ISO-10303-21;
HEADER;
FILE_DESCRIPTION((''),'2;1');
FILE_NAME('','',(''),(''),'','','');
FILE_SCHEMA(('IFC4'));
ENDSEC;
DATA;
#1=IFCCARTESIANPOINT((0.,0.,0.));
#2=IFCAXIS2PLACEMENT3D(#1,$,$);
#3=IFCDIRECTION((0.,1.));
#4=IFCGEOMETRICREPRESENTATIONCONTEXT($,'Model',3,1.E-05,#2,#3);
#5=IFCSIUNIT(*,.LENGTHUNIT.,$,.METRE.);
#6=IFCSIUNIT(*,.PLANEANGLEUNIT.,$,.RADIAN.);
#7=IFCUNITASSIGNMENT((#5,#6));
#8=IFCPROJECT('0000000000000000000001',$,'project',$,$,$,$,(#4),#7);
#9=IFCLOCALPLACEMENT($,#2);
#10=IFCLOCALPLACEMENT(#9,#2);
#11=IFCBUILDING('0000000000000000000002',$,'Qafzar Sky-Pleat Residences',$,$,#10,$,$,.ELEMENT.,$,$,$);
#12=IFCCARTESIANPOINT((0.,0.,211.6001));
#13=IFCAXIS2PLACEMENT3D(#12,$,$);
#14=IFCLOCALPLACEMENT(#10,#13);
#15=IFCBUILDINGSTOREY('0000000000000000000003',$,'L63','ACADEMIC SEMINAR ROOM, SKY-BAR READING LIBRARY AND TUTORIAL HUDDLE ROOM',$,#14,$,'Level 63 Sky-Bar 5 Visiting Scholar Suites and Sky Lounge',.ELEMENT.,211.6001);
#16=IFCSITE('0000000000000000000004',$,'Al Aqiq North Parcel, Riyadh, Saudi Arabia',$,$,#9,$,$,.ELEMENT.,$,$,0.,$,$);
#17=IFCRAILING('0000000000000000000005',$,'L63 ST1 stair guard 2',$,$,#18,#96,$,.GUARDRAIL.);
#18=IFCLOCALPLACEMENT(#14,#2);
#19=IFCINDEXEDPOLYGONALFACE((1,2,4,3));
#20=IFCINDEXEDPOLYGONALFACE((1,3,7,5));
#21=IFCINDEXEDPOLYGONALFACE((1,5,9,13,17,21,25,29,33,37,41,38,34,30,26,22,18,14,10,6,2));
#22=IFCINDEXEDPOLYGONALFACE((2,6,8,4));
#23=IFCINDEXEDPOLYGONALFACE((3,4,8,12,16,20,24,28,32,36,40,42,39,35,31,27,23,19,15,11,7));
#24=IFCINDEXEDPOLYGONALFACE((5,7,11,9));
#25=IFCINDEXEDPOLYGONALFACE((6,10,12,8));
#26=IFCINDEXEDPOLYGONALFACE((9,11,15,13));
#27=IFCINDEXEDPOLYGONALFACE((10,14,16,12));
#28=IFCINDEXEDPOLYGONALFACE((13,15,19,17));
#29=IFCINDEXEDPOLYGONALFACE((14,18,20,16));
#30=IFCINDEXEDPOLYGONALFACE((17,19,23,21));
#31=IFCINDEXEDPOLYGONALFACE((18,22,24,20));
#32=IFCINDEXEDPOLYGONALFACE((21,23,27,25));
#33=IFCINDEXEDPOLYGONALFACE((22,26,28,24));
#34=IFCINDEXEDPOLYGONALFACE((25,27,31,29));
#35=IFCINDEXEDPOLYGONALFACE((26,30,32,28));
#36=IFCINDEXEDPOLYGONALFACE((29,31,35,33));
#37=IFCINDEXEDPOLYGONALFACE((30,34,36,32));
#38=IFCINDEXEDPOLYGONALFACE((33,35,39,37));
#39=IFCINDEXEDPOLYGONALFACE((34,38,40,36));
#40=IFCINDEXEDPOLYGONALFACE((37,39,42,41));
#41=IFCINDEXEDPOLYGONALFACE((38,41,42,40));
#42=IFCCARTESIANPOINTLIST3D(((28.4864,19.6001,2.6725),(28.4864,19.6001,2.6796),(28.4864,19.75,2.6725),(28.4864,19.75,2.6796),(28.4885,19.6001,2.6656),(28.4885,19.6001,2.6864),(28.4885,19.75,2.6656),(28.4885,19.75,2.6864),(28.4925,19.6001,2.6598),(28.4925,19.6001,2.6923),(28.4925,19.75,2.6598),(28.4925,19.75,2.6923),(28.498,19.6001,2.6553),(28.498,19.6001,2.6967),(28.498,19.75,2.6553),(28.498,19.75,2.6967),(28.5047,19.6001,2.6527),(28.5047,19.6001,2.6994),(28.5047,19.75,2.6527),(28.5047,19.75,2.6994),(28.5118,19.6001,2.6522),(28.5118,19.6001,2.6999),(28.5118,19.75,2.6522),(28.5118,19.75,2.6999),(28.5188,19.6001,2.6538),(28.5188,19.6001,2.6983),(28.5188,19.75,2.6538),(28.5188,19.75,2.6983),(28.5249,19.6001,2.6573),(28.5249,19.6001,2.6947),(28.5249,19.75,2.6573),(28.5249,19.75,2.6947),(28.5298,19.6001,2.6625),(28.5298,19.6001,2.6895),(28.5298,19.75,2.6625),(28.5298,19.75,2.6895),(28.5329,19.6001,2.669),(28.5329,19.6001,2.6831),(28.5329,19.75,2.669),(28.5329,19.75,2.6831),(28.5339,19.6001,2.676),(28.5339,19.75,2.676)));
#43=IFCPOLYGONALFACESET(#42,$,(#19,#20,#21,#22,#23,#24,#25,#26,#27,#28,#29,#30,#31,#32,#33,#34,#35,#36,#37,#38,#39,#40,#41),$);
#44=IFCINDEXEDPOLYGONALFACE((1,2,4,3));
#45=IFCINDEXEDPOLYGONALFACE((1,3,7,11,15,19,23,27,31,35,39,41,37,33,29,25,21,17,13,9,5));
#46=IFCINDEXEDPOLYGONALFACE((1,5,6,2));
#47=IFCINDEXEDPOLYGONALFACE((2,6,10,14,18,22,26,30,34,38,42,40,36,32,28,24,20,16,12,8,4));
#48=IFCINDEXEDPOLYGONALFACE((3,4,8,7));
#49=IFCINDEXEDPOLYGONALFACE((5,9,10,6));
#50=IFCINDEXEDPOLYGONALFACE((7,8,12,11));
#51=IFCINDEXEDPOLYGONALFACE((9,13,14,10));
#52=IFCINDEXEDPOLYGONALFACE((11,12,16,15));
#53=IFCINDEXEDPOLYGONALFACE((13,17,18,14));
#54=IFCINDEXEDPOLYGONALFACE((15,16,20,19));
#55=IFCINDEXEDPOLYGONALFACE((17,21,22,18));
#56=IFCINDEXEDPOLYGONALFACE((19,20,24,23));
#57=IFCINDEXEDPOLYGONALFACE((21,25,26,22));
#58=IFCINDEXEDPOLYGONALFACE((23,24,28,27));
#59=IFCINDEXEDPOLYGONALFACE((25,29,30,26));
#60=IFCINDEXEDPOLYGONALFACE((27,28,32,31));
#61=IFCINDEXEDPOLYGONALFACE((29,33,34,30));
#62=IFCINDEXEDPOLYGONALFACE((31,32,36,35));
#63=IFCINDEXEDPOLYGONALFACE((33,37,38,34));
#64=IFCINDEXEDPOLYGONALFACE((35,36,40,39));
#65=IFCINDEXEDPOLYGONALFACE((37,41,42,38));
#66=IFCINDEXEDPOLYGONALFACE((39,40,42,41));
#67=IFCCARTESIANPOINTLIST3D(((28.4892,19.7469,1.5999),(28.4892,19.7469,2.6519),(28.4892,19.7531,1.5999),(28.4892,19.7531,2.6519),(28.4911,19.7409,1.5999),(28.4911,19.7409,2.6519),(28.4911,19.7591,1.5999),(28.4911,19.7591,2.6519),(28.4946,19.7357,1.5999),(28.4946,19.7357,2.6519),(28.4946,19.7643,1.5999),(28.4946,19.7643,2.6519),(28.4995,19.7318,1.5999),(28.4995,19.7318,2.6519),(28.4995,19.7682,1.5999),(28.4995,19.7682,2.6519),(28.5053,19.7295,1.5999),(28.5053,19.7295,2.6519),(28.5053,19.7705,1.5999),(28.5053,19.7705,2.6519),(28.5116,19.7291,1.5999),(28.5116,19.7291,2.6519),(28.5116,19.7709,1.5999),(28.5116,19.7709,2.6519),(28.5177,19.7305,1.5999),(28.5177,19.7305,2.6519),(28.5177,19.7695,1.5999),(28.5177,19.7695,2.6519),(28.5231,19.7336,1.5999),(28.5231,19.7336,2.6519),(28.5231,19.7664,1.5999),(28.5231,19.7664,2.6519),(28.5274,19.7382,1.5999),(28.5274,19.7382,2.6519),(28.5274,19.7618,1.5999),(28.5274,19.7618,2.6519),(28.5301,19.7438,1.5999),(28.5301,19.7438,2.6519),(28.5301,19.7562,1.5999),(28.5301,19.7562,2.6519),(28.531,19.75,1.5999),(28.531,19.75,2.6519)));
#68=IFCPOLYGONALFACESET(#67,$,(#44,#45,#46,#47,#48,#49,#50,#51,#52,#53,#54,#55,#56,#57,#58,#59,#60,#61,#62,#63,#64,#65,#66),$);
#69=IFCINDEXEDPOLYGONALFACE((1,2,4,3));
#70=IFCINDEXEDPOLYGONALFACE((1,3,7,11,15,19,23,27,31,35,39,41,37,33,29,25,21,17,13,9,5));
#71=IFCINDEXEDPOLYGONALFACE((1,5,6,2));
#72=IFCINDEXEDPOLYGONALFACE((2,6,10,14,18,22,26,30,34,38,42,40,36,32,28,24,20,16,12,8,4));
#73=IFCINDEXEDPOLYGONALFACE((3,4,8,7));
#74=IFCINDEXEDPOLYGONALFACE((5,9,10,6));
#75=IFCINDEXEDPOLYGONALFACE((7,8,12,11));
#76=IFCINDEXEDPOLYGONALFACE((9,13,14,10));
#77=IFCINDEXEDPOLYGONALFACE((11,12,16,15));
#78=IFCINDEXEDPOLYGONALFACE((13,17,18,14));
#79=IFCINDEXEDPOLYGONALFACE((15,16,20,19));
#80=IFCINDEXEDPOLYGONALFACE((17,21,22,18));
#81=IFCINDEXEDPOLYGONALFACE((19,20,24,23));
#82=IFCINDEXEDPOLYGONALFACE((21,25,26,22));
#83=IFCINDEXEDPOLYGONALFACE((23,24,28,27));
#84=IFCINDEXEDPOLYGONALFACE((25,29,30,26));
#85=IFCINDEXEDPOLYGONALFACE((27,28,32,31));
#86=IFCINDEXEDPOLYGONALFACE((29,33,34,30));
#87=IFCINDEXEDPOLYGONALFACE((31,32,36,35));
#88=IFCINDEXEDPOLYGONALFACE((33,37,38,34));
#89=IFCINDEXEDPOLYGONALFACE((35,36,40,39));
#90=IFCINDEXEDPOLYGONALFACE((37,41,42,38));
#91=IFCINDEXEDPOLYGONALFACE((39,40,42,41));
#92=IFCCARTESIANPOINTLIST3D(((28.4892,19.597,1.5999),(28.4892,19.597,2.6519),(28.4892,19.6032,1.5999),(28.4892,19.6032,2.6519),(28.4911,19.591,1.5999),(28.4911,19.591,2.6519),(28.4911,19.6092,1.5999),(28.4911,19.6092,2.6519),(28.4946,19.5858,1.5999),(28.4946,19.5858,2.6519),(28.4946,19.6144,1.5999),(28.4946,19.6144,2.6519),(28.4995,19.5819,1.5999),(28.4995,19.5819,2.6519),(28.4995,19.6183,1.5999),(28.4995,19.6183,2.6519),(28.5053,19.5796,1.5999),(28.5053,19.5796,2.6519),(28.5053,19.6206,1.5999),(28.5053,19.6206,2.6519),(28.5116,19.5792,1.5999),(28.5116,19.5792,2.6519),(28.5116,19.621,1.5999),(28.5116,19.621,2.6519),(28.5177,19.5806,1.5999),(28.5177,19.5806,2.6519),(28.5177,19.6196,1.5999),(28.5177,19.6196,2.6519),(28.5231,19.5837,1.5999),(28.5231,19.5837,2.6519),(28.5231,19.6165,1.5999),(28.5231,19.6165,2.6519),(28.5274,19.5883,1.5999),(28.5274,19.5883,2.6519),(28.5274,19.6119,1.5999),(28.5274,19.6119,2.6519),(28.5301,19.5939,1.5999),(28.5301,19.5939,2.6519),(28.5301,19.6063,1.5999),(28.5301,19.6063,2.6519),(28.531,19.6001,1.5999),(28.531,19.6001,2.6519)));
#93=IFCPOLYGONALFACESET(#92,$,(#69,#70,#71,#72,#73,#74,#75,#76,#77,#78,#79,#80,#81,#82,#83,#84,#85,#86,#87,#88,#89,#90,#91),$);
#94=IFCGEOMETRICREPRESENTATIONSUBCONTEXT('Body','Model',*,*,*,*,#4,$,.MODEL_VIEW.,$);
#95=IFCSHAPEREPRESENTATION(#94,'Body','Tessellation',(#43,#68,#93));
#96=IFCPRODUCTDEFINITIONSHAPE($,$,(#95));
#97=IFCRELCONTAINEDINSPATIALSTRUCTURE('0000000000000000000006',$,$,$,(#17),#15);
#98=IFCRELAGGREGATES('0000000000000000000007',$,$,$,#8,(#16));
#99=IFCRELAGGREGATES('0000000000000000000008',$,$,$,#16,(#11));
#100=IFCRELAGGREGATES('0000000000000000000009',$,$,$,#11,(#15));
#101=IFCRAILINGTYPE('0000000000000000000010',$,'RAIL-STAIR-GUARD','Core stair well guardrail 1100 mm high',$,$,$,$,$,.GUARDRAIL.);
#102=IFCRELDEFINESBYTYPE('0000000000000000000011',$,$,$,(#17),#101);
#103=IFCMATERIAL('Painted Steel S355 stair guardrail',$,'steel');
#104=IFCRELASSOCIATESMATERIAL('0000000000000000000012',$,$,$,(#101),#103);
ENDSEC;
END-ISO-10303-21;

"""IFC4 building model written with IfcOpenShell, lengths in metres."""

from ifc_helpers import new_model, si_unit, direction, frame, origin, origin_2d, place, context, subcontext, project, spatial, circle, extrude, source, transform, mapped, material, type_object, element, save


model = new_model("IFC4")

# Units and contexts
model_context = context("Model", 3, precision=1e-05, world=origin(), true_north=direction((0.0, 1.0)))
body_context = subcontext(model_context, "Body", "Model", "MODEL_VIEW")
ifc_project = project(units=[si_unit("LENGTHUNIT", "METRE"), si_unit("PLANEANGLEUNIT", "RADIAN")], contexts=[model_context])

# Site, building, storey
site_placement = place(None, origin())
site = spatial("IfcSite", under=ifc_project, at=site_placement, Name="Al Aqiq North Parcel, Riyadh, Saudi Arabia", CompositionType="ELEMENT", RefElevation=0.0)
building_placement = place(site_placement, origin())
building = spatial("IfcBuilding", under=site, at=building_placement, Name="Qafzar Sky-Pleat Residences", CompositionType="ELEMENT")
storey_placement = place(building_placement, frame((0.0, 0.0, 211.6001)))
storey = spatial("IfcBuildingStorey", under=building, at=storey_placement, Name="L63", Description="ACADEMIC SEMINAR ROOM, SKY-BAR READING LIBRARY AND TUTORIAL HUDDLE ROOM", LongName="Level 63 Sky-Bar 5 Visiting Scholar Suites and Sky Lounge", CompositionType="ELEMENT", Elevation=211.6001)

# Railing
ifc_material_1 = material(Name="Painted Steel S355 stair guardrail", Category="steel")
railing_type = type_object("IfcRailingType", Name="RAIL-STAIR-GUARD", Description="Core stair well guardrail 1100 mm high", PredefinedType="GUARDRAIL", material=ifc_material_1)
shared_shape_1 = source(origin(), body_context, "Body", "SweptSolid", [
    extrude(circle(Radius=0.0239, at=origin_2d()), frame((0.0, 0.0, 1.0762), z_axis=(0.0, -1.0, 0.0), x_axis=(1.0, 0.0, 0.0)), (0.0, 0.0, 1.0), 0.1499),
    extrude(circle(Radius=0.021, at=origin_2d()), origin(), (0.0, 0.0, 1.0), 1.052),
    extrude(circle(Radius=0.021, at=origin_2d()), frame((0.0, -0.1499, 0.0)), (0.0, 0.0, 1.0), 1.052),
])
railing_placement = place(storey_placement, frame((28.51, 19.75, 1.5999)))
element("IfcRailing", 1, at=railing_placement, inside=storey, type_object=railing_type, Name="L63 ST1 stair guard 2", PredefinedType="GUARDRAIL", context=body_context, shape_type="MappedRepresentation", body=[
    mapped(shared_shape_1, transform((0.0, 0.0, 0.0), x_axis=(1.0, 0.0, 0.0), y_axis=(0.0, 1.0, 0.0), z_axis=(0.0, 0.0, 1.0), scale=1.0)),
])

save(model, "model.ifc")
